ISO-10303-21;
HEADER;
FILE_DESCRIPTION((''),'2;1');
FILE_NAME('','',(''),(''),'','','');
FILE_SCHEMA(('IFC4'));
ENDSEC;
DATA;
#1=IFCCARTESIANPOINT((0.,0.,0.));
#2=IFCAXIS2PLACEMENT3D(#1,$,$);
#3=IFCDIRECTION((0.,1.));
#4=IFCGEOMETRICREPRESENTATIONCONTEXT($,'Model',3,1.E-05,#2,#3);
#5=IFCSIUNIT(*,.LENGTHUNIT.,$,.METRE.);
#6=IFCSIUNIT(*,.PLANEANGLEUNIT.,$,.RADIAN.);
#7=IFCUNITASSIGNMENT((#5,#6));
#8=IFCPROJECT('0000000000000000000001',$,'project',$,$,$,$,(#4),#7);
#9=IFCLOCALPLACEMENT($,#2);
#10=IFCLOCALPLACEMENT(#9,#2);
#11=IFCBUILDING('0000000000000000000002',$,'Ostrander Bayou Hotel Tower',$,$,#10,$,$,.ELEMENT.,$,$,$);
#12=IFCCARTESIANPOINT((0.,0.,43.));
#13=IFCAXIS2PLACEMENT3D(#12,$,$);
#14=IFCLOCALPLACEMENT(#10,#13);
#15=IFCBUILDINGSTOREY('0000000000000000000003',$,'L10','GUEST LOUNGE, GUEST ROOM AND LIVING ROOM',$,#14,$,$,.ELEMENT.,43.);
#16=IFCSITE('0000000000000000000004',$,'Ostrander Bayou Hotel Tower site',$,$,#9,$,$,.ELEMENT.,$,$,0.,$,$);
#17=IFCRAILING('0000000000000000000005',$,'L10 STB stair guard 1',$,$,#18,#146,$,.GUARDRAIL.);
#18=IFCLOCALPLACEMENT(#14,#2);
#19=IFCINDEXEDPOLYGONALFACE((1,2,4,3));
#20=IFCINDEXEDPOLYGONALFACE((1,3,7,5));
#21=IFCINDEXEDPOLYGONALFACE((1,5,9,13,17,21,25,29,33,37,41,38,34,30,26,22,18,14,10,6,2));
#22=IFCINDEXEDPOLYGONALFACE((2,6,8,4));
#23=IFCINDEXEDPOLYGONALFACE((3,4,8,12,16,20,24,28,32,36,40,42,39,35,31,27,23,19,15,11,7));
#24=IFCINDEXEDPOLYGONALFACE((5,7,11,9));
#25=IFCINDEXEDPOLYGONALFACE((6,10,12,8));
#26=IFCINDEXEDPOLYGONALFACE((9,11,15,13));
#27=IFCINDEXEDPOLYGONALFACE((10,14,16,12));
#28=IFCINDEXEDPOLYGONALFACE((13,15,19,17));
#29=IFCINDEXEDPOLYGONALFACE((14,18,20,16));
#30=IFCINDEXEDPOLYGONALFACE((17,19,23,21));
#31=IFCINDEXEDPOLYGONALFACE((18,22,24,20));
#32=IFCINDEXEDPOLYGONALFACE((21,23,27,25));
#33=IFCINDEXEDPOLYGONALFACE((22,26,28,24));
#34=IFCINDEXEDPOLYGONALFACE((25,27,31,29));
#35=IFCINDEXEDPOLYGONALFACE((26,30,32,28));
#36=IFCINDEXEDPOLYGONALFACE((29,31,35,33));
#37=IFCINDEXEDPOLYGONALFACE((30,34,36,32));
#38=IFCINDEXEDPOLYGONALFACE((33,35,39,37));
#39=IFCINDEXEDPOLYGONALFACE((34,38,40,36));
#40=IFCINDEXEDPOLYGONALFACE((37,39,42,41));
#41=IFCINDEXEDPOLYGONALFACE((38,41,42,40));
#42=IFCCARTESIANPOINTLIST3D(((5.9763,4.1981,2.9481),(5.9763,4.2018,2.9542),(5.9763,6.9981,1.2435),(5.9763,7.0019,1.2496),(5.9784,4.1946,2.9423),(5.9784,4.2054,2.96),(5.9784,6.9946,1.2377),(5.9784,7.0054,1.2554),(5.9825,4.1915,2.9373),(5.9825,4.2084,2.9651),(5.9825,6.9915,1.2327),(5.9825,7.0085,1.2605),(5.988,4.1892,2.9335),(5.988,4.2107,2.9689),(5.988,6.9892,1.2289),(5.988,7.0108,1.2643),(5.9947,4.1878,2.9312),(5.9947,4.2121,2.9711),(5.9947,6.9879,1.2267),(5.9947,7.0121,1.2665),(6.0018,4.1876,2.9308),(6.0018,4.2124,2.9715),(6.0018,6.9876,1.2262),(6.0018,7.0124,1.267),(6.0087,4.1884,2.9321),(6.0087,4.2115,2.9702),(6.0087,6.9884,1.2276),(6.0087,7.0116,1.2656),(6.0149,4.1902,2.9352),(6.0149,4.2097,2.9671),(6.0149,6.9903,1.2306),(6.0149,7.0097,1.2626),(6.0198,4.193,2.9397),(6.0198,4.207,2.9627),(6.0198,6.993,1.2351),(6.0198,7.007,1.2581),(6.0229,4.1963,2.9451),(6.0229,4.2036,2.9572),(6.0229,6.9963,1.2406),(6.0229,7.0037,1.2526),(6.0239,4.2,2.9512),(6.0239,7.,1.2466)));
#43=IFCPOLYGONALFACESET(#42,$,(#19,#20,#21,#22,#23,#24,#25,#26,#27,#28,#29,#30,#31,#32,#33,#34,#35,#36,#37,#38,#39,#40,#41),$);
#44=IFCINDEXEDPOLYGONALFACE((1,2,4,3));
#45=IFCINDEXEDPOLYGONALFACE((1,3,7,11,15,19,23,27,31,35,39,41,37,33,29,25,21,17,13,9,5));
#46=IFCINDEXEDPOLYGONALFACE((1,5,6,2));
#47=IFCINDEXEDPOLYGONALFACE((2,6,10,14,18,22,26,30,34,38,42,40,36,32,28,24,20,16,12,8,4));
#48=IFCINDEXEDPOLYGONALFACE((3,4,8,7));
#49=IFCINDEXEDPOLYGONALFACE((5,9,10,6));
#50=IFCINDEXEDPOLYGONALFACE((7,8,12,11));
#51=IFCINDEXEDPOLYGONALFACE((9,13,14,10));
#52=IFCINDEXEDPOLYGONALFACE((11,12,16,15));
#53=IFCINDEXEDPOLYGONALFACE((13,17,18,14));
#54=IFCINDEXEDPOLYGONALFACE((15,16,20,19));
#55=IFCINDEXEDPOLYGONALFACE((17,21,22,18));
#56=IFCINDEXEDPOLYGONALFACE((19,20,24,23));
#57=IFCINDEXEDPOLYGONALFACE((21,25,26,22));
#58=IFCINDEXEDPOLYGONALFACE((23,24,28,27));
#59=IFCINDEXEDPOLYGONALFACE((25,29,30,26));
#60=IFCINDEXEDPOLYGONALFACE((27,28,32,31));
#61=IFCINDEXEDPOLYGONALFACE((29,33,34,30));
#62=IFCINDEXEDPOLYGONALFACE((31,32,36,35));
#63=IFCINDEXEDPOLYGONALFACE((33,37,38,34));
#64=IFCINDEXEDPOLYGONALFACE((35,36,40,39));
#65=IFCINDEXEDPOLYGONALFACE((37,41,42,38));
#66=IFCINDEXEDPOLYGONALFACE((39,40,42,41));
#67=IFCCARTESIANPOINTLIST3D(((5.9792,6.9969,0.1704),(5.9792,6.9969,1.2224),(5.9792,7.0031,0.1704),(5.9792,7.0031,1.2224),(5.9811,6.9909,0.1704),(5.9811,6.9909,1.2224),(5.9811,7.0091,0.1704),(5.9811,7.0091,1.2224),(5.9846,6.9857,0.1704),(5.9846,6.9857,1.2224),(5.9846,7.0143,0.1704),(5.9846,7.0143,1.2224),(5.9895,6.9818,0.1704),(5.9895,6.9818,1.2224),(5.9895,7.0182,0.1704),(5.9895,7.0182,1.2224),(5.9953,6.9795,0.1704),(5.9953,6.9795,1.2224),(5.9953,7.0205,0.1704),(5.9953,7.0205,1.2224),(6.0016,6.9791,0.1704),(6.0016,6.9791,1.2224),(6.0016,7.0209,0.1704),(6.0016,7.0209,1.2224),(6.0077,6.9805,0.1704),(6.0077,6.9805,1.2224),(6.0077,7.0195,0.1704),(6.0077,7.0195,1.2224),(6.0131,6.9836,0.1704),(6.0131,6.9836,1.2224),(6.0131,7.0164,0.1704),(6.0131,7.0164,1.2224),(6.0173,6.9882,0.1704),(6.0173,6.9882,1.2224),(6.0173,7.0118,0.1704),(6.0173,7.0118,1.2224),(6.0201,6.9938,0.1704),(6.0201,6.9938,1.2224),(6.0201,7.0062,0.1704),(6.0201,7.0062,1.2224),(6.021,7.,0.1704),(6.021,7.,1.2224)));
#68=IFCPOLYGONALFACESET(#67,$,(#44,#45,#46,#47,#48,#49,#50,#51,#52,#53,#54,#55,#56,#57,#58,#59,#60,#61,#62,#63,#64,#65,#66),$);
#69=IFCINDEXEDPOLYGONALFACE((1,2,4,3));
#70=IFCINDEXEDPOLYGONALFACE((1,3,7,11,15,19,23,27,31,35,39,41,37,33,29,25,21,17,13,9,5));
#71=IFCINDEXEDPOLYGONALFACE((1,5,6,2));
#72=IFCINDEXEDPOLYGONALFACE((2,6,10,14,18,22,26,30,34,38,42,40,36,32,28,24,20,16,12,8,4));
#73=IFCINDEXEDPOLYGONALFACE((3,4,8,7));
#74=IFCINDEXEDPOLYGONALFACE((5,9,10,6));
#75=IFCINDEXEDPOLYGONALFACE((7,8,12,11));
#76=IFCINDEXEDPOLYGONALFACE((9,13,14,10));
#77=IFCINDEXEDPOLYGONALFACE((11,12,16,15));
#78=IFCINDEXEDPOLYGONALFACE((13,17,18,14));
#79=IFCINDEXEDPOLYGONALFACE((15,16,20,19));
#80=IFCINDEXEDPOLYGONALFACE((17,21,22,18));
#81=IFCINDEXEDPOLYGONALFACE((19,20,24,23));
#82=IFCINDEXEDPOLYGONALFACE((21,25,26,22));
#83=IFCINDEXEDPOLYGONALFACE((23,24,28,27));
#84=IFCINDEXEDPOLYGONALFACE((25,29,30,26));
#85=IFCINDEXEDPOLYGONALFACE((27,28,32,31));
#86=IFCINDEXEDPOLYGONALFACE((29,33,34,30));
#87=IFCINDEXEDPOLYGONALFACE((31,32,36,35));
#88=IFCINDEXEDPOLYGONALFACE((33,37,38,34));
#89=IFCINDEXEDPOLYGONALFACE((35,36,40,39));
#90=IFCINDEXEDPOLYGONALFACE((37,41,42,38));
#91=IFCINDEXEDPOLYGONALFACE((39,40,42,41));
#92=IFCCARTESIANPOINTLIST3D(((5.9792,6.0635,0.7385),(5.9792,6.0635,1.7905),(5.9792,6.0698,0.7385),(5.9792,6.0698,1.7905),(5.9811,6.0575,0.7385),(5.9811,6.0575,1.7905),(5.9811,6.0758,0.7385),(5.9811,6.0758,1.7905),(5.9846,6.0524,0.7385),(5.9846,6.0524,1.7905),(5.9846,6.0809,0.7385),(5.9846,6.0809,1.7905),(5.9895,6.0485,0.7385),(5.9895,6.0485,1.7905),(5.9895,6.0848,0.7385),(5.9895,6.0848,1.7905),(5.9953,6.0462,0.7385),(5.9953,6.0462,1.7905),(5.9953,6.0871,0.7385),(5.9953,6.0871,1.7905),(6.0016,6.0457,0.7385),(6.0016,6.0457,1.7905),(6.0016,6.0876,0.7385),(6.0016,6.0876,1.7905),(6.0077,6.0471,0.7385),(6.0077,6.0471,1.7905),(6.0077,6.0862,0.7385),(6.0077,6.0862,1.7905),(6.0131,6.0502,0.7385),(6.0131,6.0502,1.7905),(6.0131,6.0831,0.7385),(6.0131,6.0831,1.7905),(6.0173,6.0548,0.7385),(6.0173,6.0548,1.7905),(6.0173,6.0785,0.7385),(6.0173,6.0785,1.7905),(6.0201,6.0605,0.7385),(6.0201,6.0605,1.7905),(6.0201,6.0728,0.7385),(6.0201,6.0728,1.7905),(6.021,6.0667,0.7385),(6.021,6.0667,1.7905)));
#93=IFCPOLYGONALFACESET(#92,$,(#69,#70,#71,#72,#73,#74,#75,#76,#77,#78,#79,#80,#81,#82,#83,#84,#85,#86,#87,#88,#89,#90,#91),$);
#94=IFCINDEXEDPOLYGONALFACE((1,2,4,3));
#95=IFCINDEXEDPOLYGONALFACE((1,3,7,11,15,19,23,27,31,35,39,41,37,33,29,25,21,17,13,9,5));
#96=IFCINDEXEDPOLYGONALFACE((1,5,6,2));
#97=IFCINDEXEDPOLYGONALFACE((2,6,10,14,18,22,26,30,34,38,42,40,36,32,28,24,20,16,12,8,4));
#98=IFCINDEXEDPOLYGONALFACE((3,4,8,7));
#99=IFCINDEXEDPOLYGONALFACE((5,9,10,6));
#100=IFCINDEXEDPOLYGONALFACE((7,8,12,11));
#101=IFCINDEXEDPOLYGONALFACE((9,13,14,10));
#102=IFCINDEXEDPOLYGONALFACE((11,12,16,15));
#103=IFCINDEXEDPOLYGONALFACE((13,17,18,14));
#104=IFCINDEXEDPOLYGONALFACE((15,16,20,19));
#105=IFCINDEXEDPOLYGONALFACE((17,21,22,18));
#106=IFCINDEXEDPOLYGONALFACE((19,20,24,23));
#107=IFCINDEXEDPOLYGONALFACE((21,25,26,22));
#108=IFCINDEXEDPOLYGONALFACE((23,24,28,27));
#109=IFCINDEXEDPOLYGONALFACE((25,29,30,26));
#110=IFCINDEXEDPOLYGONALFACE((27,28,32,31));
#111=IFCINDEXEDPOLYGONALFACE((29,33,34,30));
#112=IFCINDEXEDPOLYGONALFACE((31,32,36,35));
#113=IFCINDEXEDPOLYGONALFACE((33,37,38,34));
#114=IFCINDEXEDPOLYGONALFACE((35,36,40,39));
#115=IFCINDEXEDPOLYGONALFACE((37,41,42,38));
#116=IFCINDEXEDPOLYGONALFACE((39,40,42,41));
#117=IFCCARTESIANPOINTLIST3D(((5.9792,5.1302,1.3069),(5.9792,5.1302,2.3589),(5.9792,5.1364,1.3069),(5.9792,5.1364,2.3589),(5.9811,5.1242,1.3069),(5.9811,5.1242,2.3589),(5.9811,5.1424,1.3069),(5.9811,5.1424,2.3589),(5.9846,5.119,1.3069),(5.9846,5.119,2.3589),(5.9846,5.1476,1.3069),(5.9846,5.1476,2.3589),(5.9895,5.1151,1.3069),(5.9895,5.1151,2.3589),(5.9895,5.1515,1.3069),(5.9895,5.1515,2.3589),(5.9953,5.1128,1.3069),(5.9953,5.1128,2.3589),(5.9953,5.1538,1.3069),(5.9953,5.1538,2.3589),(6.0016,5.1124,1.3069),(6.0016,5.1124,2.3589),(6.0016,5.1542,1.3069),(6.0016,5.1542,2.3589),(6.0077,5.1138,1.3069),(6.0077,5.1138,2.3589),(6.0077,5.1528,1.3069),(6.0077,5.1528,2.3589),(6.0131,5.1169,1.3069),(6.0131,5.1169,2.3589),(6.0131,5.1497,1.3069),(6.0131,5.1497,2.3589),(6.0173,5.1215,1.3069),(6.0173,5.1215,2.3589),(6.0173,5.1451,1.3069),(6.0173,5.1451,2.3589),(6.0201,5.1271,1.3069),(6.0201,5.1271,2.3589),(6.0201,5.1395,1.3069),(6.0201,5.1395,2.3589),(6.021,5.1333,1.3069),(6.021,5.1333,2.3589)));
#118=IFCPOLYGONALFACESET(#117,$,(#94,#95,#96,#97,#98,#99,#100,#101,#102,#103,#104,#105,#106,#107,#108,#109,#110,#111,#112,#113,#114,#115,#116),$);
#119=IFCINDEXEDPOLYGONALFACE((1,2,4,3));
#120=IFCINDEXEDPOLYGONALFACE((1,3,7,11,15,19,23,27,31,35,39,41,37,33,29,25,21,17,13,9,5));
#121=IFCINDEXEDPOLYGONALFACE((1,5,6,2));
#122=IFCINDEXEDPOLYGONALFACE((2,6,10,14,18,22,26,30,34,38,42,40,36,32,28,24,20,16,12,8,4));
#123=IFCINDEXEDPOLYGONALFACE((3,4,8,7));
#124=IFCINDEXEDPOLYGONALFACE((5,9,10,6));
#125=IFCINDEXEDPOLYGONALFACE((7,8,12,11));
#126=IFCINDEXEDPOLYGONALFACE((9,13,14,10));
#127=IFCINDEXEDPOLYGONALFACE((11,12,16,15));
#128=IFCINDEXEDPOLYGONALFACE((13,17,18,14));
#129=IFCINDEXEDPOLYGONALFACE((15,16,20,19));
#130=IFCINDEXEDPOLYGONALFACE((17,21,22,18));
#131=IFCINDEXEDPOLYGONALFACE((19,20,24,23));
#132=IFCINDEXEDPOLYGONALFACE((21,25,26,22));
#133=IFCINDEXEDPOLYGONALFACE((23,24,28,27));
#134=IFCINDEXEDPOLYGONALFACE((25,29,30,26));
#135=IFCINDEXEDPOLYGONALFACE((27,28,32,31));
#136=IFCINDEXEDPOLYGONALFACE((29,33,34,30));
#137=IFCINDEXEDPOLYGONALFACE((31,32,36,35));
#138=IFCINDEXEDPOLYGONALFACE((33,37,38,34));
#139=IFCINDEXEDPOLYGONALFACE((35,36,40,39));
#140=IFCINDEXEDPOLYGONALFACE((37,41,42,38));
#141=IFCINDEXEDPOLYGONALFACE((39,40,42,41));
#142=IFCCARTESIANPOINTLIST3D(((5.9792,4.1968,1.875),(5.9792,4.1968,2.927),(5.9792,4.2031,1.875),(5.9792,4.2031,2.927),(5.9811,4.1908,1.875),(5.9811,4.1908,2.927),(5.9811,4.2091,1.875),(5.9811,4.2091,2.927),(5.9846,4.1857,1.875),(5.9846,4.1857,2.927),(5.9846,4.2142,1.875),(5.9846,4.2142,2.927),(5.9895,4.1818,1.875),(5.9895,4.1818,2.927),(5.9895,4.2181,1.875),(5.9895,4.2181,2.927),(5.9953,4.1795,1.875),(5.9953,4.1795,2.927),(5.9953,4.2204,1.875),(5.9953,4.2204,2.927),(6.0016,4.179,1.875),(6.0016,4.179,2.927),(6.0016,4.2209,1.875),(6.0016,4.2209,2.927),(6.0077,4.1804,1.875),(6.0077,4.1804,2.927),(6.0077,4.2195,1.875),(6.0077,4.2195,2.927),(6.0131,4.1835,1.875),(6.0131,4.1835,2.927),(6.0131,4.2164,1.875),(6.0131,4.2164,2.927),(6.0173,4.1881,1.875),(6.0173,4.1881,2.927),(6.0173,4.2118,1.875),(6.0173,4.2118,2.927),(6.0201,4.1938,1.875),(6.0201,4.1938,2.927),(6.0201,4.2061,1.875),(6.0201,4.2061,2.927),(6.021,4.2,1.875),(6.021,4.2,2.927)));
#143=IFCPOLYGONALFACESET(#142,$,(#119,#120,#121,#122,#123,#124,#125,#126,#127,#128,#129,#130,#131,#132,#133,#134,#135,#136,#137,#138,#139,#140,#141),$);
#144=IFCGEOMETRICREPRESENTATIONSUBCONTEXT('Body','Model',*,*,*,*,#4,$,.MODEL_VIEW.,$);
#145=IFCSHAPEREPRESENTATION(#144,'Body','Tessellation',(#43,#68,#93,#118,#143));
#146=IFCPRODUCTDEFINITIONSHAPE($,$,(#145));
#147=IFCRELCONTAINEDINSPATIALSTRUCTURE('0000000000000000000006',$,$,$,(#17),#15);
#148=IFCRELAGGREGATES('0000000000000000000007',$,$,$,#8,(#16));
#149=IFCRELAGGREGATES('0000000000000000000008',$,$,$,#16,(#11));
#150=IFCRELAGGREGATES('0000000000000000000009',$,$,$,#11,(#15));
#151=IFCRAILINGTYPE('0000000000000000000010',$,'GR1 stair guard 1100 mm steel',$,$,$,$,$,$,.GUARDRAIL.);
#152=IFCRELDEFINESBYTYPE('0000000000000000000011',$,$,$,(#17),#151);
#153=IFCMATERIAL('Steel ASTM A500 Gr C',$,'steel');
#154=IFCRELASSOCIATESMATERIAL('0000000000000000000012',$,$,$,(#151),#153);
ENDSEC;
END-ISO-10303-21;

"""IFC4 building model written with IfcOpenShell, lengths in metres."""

from ifc_helpers import new_model, si_unit, direction, frame, origin, origin_2d, place, context, subcontext, project, spatial, circle, extrude, material, type_object, element, save


model = new_model("IFC4")

# Units and contexts
model_context = context("Model", 3, precision=1e-05, world=origin(), true_north=direction((0.0, 1.0)))
body_context = subcontext(model_context, "Body", "Model", "MODEL_VIEW")
ifc_project = project(units=[si_unit("LENGTHUNIT", "METRE"), si_unit("PLANEANGLEUNIT", "RADIAN")], contexts=[model_context])

# Site, building, storey
site_placement = place(None, origin())
site = spatial("IfcSite", under=ifc_project, at=site_placement, Name="Ostrander Bayou Hotel Tower site", CompositionType="ELEMENT", RefElevation=0.0)
building_placement = place(site_placement, origin())
building = spatial("IfcBuilding", under=site, at=building_placement, Name="Ostrander Bayou Hotel Tower", CompositionType="ELEMENT")
storey_placement = place(building_placement, frame((0.0, 0.0, 43.0)))
storey = spatial("IfcBuildingStorey", under=building, at=storey_placement, Name="L10", Description="GUEST LOUNGE, GUEST ROOM AND LIVING ROOM", CompositionType="ELEMENT", Elevation=43.0)

# Railing
ifc_material_1 = material(Name="Steel ASTM A500 Gr C", Category="steel")
railing_type_1 = type_object("IfcRailingType", Name="GR1 stair guard 1100 mm steel", PredefinedType="GUARDRAIL", material=ifc_material_1)
railing_1_placement = place(storey_placement, frame((6.0, 7.0, 0.1704)))
element("IfcRailing", 1, at=railing_1_placement, inside=storey, type_object=railing_type_1, Name="L10 STB stair guard 1", PredefinedType="GUARDRAIL", context=body_context, shape_type="SweptSolid", body=[
    extrude(circle(Radius=0.0239, at=origin_2d()), frame((0.0, 0.0, 1.0762), z_axis=(0.0, -0.85417, 0.519994), x_axis=(1.0, 0.0, 0.0)), (0.0, 0.0, 1.0), 3.2781),
    extrude(circle(Radius=0.021, at=origin_2d()), origin(), (0.0, 0.0, 1.0), 1.052),
    extrude(circle(Radius=0.021, at=origin_2d()), frame((0.0, -0.9333, 0.5681)), (0.0, 0.0, 1.0), 1.052),
    extrude(circle(Radius=0.021, at=origin_2d()), frame((0.0, -1.8667, 1.1365)), (0.0, 0.0, 1.0), 1.052),
    extrude(circle(Radius=0.021, at=origin_2d()), frame((0.0, -2.8, 1.7046)), (0.0, 0.0, 1.0), 1.052),
])

save(model, "model.ifc")
